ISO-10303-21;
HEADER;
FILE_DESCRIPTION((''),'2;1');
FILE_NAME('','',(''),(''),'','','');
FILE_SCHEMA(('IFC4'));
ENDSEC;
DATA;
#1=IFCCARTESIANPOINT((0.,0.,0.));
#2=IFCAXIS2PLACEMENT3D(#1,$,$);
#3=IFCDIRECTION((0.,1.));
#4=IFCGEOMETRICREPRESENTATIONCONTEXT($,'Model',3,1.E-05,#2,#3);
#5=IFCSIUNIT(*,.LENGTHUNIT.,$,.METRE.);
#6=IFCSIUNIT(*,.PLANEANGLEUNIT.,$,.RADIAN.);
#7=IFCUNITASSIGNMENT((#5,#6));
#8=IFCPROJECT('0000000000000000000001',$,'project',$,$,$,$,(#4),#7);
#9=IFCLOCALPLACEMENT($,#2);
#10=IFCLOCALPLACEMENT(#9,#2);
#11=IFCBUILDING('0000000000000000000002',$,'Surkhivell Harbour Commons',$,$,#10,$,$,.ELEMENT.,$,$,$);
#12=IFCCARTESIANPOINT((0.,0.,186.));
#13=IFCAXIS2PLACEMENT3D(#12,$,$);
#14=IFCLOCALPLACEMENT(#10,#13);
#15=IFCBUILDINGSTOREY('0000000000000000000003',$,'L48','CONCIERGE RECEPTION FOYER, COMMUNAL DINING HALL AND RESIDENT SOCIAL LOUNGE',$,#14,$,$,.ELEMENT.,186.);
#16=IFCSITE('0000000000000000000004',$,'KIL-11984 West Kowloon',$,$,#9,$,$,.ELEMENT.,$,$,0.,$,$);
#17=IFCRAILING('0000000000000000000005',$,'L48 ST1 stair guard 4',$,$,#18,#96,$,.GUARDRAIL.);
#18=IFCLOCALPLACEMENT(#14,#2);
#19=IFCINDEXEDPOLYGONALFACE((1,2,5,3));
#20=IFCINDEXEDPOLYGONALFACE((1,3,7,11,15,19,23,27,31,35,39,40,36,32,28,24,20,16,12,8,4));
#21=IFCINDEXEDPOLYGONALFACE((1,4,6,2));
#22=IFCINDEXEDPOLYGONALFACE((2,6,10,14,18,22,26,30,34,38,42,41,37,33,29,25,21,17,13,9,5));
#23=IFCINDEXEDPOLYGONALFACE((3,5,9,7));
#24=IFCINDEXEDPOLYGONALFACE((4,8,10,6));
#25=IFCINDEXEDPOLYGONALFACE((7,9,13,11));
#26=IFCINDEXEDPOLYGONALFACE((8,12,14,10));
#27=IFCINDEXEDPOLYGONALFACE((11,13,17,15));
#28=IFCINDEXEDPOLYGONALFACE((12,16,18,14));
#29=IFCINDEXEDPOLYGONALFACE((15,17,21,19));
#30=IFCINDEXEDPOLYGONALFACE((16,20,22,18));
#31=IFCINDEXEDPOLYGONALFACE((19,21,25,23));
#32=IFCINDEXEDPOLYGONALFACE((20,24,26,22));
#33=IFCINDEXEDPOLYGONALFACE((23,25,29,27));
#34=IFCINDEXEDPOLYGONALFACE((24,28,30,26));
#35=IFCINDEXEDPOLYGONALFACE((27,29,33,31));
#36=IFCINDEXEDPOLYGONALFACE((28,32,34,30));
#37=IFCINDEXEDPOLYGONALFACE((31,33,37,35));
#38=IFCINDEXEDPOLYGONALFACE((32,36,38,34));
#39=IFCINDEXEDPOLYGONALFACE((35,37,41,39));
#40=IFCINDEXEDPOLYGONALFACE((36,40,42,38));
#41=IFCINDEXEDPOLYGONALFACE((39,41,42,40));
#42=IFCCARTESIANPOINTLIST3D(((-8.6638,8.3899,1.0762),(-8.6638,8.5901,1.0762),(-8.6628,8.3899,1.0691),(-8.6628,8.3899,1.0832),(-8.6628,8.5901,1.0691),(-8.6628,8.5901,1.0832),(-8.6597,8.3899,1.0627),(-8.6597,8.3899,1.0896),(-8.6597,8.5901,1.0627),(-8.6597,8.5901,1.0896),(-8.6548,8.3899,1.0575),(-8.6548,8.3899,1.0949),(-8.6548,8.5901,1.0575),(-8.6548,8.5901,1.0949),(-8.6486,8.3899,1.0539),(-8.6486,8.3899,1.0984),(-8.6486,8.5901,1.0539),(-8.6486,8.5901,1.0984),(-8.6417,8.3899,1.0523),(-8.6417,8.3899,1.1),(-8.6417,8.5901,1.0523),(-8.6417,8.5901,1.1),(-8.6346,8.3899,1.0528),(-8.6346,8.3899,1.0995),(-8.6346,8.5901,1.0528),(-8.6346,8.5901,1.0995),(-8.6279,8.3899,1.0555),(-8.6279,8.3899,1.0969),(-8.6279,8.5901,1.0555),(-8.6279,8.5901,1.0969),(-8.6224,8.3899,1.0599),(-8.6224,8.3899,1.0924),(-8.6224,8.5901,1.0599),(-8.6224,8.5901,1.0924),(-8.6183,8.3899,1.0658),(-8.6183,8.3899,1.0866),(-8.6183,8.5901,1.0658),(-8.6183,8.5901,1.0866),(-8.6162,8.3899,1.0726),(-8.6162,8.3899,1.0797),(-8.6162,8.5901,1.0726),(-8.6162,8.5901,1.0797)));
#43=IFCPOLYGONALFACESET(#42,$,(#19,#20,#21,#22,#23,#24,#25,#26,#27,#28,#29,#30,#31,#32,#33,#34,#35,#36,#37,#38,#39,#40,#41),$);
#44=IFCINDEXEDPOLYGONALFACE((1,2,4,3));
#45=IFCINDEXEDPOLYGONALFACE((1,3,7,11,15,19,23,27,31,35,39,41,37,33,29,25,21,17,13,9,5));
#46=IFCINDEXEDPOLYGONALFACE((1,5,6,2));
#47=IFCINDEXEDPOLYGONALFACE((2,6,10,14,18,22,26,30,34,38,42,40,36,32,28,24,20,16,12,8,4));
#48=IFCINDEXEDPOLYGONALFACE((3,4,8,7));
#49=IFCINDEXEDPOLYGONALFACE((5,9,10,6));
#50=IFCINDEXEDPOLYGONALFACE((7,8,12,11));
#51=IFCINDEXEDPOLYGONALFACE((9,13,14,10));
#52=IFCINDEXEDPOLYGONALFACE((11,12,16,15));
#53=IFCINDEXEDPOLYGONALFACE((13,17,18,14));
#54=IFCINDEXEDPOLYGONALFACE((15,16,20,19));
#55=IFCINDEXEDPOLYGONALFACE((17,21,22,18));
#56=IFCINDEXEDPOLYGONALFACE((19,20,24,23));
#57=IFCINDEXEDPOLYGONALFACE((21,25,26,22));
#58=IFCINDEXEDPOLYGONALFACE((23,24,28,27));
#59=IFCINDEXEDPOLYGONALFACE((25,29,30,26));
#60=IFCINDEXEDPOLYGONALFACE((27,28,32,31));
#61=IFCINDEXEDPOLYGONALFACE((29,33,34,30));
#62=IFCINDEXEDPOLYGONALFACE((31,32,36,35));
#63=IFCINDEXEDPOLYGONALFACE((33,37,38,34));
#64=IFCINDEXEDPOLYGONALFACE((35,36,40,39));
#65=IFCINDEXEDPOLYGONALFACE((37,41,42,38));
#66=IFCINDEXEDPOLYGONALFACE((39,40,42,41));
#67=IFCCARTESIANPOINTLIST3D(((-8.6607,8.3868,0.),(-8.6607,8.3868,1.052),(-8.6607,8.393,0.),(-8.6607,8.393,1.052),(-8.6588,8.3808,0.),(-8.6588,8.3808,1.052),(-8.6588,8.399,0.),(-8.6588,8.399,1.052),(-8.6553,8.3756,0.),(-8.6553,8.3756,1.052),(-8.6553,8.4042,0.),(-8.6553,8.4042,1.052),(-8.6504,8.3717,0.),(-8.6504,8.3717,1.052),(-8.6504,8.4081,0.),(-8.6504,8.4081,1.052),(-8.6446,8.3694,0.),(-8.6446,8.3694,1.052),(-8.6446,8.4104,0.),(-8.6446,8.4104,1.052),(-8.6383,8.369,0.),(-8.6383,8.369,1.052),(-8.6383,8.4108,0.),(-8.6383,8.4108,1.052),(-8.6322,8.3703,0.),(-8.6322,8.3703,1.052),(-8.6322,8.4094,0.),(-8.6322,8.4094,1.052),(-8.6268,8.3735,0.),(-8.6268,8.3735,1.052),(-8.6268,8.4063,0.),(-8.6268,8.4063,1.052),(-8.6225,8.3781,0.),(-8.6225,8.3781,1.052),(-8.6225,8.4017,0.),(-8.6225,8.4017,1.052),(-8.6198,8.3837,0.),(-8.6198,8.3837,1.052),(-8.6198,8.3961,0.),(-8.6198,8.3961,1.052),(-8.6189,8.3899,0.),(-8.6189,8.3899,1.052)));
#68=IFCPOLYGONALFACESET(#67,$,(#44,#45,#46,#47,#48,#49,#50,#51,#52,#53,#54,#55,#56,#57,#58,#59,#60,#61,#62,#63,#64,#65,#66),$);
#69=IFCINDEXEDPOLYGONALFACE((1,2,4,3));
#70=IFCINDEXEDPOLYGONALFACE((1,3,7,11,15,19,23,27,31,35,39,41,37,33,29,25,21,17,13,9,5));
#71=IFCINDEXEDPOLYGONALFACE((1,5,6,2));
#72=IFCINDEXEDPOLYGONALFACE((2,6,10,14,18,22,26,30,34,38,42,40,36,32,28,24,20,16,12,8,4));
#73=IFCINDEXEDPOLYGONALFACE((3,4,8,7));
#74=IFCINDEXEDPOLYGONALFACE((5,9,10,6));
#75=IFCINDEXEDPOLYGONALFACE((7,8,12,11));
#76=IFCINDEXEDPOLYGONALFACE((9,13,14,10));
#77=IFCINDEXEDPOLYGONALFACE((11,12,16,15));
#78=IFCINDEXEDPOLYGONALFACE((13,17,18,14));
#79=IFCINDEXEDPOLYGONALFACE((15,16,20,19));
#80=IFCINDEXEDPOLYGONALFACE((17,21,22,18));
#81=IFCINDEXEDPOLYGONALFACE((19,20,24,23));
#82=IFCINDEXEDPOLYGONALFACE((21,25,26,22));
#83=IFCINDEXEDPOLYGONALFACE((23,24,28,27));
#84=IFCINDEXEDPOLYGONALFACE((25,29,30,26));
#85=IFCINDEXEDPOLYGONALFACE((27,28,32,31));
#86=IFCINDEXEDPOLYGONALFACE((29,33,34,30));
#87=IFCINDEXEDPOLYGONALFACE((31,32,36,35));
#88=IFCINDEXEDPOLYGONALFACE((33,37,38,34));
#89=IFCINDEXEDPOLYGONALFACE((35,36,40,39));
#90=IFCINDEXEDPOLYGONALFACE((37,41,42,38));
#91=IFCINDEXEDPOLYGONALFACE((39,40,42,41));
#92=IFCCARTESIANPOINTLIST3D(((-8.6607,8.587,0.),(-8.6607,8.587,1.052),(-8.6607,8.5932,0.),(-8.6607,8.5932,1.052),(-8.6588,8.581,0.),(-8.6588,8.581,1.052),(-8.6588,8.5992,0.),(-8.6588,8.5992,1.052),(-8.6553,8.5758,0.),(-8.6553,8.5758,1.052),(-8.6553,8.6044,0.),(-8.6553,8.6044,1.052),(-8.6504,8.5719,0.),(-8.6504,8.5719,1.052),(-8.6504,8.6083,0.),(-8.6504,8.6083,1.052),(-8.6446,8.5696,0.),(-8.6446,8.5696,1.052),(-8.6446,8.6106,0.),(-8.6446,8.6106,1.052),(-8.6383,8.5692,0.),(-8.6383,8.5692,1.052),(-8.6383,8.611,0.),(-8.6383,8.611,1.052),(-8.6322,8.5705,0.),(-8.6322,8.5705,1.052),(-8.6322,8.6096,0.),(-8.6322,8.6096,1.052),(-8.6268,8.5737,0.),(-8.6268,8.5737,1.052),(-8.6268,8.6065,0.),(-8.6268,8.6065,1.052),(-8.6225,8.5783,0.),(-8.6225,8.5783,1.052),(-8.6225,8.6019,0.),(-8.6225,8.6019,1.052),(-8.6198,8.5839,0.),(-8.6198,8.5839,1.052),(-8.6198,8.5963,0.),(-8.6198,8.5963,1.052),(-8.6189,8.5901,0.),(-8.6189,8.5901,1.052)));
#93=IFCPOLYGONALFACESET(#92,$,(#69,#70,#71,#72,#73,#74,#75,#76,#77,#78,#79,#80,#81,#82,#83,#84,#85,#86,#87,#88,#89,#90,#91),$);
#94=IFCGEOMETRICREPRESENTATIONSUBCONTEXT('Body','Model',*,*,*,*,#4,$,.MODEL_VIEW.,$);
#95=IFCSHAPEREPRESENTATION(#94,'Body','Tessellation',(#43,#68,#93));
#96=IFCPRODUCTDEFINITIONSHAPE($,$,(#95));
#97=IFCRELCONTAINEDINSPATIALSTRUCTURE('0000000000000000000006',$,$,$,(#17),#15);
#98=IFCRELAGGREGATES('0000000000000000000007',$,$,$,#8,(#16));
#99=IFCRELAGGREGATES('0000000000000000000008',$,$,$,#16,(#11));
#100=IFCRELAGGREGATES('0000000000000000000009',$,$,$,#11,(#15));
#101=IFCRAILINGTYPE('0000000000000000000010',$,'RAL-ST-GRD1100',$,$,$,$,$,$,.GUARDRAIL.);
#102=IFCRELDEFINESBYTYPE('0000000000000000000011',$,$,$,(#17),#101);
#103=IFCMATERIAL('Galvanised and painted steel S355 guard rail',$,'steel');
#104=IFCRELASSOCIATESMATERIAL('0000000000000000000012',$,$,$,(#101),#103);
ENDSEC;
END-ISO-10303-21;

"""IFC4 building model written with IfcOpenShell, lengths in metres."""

from ifc_helpers import new_model, si_unit, direction, frame, origin, origin_2d, place, context, subcontext, project, spatial, circle, extrude, material, type_object, element, save


model = new_model("IFC4")

# Units and contexts
model_context = context("Model", 3, precision=1e-05, world=origin(), true_north=direction((0.0, 1.0)))
body_context = subcontext(model_context, "Body", "Model", "MODEL_VIEW")
ifc_project = project(units=[si_unit("LENGTHUNIT", "METRE"), si_unit("PLANEANGLEUNIT", "RADIAN")], contexts=[model_context])

# Site, building, storey
site_placement = place(None, origin())
site = spatial("IfcSite", under=ifc_project, at=site_placement, Name="KIL-11984 West Kowloon", CompositionType="ELEMENT", RefElevation=0.0)
building_placement = place(site_placement, origin())
building = spatial("IfcBuilding", under=site, at=building_placement, Name="Surkhivell Harbour Commons", CompositionType="ELEMENT")
storey_placement = place(building_placement, frame((0.0, 0.0, 186.0)))
storey = spatial("IfcBuildingStorey", under=building, at=storey_placement, Name="L48", Description="CONCIERGE RECEPTION FOYER, COMMUNAL DINING HALL AND RESIDENT SOCIAL LOUNGE", CompositionType="ELEMENT", Elevation=186.0)

# Railing
ifc_material_1 = material(Name="Galvanised and painted steel S355 guard rail", Category="steel")
railing_type_1 = type_object("IfcRailingType", Name="RAL-ST-GRD1100", PredefinedType="GUARDRAIL", material=ifc_material_1)
railing_1_placement = place(storey_placement, frame((-8.6399, 8.3899, 0.0)))
element("IfcRailing", 1, at=railing_1_placement, inside=storey, type_object=railing_type_1, Name="L48 ST1 stair guard 4", PredefinedType="GUARDRAIL", context=body_context, shape_type="SweptSolid", body=[
    extrude(circle(Radius=0.0239, at=origin_2d()), frame((0.0, 0.0, 1.0762), z_axis=(0.0, 1.0, 0.0), x_axis=(-1.0, 0.0, 0.0)), (0.0, 0.0, 1.0), 0.2002),
    extrude(circle(Radius=0.021, at=origin_2d()), origin(), (0.0, 0.0, 1.0), 1.052),
    extrude(circle(Radius=0.021, at=origin_2d()), frame((0.0, 0.2002, 0.0)), (0.0, 0.0, 1.0), 1.052),
])

save(model, "model.ifc")
